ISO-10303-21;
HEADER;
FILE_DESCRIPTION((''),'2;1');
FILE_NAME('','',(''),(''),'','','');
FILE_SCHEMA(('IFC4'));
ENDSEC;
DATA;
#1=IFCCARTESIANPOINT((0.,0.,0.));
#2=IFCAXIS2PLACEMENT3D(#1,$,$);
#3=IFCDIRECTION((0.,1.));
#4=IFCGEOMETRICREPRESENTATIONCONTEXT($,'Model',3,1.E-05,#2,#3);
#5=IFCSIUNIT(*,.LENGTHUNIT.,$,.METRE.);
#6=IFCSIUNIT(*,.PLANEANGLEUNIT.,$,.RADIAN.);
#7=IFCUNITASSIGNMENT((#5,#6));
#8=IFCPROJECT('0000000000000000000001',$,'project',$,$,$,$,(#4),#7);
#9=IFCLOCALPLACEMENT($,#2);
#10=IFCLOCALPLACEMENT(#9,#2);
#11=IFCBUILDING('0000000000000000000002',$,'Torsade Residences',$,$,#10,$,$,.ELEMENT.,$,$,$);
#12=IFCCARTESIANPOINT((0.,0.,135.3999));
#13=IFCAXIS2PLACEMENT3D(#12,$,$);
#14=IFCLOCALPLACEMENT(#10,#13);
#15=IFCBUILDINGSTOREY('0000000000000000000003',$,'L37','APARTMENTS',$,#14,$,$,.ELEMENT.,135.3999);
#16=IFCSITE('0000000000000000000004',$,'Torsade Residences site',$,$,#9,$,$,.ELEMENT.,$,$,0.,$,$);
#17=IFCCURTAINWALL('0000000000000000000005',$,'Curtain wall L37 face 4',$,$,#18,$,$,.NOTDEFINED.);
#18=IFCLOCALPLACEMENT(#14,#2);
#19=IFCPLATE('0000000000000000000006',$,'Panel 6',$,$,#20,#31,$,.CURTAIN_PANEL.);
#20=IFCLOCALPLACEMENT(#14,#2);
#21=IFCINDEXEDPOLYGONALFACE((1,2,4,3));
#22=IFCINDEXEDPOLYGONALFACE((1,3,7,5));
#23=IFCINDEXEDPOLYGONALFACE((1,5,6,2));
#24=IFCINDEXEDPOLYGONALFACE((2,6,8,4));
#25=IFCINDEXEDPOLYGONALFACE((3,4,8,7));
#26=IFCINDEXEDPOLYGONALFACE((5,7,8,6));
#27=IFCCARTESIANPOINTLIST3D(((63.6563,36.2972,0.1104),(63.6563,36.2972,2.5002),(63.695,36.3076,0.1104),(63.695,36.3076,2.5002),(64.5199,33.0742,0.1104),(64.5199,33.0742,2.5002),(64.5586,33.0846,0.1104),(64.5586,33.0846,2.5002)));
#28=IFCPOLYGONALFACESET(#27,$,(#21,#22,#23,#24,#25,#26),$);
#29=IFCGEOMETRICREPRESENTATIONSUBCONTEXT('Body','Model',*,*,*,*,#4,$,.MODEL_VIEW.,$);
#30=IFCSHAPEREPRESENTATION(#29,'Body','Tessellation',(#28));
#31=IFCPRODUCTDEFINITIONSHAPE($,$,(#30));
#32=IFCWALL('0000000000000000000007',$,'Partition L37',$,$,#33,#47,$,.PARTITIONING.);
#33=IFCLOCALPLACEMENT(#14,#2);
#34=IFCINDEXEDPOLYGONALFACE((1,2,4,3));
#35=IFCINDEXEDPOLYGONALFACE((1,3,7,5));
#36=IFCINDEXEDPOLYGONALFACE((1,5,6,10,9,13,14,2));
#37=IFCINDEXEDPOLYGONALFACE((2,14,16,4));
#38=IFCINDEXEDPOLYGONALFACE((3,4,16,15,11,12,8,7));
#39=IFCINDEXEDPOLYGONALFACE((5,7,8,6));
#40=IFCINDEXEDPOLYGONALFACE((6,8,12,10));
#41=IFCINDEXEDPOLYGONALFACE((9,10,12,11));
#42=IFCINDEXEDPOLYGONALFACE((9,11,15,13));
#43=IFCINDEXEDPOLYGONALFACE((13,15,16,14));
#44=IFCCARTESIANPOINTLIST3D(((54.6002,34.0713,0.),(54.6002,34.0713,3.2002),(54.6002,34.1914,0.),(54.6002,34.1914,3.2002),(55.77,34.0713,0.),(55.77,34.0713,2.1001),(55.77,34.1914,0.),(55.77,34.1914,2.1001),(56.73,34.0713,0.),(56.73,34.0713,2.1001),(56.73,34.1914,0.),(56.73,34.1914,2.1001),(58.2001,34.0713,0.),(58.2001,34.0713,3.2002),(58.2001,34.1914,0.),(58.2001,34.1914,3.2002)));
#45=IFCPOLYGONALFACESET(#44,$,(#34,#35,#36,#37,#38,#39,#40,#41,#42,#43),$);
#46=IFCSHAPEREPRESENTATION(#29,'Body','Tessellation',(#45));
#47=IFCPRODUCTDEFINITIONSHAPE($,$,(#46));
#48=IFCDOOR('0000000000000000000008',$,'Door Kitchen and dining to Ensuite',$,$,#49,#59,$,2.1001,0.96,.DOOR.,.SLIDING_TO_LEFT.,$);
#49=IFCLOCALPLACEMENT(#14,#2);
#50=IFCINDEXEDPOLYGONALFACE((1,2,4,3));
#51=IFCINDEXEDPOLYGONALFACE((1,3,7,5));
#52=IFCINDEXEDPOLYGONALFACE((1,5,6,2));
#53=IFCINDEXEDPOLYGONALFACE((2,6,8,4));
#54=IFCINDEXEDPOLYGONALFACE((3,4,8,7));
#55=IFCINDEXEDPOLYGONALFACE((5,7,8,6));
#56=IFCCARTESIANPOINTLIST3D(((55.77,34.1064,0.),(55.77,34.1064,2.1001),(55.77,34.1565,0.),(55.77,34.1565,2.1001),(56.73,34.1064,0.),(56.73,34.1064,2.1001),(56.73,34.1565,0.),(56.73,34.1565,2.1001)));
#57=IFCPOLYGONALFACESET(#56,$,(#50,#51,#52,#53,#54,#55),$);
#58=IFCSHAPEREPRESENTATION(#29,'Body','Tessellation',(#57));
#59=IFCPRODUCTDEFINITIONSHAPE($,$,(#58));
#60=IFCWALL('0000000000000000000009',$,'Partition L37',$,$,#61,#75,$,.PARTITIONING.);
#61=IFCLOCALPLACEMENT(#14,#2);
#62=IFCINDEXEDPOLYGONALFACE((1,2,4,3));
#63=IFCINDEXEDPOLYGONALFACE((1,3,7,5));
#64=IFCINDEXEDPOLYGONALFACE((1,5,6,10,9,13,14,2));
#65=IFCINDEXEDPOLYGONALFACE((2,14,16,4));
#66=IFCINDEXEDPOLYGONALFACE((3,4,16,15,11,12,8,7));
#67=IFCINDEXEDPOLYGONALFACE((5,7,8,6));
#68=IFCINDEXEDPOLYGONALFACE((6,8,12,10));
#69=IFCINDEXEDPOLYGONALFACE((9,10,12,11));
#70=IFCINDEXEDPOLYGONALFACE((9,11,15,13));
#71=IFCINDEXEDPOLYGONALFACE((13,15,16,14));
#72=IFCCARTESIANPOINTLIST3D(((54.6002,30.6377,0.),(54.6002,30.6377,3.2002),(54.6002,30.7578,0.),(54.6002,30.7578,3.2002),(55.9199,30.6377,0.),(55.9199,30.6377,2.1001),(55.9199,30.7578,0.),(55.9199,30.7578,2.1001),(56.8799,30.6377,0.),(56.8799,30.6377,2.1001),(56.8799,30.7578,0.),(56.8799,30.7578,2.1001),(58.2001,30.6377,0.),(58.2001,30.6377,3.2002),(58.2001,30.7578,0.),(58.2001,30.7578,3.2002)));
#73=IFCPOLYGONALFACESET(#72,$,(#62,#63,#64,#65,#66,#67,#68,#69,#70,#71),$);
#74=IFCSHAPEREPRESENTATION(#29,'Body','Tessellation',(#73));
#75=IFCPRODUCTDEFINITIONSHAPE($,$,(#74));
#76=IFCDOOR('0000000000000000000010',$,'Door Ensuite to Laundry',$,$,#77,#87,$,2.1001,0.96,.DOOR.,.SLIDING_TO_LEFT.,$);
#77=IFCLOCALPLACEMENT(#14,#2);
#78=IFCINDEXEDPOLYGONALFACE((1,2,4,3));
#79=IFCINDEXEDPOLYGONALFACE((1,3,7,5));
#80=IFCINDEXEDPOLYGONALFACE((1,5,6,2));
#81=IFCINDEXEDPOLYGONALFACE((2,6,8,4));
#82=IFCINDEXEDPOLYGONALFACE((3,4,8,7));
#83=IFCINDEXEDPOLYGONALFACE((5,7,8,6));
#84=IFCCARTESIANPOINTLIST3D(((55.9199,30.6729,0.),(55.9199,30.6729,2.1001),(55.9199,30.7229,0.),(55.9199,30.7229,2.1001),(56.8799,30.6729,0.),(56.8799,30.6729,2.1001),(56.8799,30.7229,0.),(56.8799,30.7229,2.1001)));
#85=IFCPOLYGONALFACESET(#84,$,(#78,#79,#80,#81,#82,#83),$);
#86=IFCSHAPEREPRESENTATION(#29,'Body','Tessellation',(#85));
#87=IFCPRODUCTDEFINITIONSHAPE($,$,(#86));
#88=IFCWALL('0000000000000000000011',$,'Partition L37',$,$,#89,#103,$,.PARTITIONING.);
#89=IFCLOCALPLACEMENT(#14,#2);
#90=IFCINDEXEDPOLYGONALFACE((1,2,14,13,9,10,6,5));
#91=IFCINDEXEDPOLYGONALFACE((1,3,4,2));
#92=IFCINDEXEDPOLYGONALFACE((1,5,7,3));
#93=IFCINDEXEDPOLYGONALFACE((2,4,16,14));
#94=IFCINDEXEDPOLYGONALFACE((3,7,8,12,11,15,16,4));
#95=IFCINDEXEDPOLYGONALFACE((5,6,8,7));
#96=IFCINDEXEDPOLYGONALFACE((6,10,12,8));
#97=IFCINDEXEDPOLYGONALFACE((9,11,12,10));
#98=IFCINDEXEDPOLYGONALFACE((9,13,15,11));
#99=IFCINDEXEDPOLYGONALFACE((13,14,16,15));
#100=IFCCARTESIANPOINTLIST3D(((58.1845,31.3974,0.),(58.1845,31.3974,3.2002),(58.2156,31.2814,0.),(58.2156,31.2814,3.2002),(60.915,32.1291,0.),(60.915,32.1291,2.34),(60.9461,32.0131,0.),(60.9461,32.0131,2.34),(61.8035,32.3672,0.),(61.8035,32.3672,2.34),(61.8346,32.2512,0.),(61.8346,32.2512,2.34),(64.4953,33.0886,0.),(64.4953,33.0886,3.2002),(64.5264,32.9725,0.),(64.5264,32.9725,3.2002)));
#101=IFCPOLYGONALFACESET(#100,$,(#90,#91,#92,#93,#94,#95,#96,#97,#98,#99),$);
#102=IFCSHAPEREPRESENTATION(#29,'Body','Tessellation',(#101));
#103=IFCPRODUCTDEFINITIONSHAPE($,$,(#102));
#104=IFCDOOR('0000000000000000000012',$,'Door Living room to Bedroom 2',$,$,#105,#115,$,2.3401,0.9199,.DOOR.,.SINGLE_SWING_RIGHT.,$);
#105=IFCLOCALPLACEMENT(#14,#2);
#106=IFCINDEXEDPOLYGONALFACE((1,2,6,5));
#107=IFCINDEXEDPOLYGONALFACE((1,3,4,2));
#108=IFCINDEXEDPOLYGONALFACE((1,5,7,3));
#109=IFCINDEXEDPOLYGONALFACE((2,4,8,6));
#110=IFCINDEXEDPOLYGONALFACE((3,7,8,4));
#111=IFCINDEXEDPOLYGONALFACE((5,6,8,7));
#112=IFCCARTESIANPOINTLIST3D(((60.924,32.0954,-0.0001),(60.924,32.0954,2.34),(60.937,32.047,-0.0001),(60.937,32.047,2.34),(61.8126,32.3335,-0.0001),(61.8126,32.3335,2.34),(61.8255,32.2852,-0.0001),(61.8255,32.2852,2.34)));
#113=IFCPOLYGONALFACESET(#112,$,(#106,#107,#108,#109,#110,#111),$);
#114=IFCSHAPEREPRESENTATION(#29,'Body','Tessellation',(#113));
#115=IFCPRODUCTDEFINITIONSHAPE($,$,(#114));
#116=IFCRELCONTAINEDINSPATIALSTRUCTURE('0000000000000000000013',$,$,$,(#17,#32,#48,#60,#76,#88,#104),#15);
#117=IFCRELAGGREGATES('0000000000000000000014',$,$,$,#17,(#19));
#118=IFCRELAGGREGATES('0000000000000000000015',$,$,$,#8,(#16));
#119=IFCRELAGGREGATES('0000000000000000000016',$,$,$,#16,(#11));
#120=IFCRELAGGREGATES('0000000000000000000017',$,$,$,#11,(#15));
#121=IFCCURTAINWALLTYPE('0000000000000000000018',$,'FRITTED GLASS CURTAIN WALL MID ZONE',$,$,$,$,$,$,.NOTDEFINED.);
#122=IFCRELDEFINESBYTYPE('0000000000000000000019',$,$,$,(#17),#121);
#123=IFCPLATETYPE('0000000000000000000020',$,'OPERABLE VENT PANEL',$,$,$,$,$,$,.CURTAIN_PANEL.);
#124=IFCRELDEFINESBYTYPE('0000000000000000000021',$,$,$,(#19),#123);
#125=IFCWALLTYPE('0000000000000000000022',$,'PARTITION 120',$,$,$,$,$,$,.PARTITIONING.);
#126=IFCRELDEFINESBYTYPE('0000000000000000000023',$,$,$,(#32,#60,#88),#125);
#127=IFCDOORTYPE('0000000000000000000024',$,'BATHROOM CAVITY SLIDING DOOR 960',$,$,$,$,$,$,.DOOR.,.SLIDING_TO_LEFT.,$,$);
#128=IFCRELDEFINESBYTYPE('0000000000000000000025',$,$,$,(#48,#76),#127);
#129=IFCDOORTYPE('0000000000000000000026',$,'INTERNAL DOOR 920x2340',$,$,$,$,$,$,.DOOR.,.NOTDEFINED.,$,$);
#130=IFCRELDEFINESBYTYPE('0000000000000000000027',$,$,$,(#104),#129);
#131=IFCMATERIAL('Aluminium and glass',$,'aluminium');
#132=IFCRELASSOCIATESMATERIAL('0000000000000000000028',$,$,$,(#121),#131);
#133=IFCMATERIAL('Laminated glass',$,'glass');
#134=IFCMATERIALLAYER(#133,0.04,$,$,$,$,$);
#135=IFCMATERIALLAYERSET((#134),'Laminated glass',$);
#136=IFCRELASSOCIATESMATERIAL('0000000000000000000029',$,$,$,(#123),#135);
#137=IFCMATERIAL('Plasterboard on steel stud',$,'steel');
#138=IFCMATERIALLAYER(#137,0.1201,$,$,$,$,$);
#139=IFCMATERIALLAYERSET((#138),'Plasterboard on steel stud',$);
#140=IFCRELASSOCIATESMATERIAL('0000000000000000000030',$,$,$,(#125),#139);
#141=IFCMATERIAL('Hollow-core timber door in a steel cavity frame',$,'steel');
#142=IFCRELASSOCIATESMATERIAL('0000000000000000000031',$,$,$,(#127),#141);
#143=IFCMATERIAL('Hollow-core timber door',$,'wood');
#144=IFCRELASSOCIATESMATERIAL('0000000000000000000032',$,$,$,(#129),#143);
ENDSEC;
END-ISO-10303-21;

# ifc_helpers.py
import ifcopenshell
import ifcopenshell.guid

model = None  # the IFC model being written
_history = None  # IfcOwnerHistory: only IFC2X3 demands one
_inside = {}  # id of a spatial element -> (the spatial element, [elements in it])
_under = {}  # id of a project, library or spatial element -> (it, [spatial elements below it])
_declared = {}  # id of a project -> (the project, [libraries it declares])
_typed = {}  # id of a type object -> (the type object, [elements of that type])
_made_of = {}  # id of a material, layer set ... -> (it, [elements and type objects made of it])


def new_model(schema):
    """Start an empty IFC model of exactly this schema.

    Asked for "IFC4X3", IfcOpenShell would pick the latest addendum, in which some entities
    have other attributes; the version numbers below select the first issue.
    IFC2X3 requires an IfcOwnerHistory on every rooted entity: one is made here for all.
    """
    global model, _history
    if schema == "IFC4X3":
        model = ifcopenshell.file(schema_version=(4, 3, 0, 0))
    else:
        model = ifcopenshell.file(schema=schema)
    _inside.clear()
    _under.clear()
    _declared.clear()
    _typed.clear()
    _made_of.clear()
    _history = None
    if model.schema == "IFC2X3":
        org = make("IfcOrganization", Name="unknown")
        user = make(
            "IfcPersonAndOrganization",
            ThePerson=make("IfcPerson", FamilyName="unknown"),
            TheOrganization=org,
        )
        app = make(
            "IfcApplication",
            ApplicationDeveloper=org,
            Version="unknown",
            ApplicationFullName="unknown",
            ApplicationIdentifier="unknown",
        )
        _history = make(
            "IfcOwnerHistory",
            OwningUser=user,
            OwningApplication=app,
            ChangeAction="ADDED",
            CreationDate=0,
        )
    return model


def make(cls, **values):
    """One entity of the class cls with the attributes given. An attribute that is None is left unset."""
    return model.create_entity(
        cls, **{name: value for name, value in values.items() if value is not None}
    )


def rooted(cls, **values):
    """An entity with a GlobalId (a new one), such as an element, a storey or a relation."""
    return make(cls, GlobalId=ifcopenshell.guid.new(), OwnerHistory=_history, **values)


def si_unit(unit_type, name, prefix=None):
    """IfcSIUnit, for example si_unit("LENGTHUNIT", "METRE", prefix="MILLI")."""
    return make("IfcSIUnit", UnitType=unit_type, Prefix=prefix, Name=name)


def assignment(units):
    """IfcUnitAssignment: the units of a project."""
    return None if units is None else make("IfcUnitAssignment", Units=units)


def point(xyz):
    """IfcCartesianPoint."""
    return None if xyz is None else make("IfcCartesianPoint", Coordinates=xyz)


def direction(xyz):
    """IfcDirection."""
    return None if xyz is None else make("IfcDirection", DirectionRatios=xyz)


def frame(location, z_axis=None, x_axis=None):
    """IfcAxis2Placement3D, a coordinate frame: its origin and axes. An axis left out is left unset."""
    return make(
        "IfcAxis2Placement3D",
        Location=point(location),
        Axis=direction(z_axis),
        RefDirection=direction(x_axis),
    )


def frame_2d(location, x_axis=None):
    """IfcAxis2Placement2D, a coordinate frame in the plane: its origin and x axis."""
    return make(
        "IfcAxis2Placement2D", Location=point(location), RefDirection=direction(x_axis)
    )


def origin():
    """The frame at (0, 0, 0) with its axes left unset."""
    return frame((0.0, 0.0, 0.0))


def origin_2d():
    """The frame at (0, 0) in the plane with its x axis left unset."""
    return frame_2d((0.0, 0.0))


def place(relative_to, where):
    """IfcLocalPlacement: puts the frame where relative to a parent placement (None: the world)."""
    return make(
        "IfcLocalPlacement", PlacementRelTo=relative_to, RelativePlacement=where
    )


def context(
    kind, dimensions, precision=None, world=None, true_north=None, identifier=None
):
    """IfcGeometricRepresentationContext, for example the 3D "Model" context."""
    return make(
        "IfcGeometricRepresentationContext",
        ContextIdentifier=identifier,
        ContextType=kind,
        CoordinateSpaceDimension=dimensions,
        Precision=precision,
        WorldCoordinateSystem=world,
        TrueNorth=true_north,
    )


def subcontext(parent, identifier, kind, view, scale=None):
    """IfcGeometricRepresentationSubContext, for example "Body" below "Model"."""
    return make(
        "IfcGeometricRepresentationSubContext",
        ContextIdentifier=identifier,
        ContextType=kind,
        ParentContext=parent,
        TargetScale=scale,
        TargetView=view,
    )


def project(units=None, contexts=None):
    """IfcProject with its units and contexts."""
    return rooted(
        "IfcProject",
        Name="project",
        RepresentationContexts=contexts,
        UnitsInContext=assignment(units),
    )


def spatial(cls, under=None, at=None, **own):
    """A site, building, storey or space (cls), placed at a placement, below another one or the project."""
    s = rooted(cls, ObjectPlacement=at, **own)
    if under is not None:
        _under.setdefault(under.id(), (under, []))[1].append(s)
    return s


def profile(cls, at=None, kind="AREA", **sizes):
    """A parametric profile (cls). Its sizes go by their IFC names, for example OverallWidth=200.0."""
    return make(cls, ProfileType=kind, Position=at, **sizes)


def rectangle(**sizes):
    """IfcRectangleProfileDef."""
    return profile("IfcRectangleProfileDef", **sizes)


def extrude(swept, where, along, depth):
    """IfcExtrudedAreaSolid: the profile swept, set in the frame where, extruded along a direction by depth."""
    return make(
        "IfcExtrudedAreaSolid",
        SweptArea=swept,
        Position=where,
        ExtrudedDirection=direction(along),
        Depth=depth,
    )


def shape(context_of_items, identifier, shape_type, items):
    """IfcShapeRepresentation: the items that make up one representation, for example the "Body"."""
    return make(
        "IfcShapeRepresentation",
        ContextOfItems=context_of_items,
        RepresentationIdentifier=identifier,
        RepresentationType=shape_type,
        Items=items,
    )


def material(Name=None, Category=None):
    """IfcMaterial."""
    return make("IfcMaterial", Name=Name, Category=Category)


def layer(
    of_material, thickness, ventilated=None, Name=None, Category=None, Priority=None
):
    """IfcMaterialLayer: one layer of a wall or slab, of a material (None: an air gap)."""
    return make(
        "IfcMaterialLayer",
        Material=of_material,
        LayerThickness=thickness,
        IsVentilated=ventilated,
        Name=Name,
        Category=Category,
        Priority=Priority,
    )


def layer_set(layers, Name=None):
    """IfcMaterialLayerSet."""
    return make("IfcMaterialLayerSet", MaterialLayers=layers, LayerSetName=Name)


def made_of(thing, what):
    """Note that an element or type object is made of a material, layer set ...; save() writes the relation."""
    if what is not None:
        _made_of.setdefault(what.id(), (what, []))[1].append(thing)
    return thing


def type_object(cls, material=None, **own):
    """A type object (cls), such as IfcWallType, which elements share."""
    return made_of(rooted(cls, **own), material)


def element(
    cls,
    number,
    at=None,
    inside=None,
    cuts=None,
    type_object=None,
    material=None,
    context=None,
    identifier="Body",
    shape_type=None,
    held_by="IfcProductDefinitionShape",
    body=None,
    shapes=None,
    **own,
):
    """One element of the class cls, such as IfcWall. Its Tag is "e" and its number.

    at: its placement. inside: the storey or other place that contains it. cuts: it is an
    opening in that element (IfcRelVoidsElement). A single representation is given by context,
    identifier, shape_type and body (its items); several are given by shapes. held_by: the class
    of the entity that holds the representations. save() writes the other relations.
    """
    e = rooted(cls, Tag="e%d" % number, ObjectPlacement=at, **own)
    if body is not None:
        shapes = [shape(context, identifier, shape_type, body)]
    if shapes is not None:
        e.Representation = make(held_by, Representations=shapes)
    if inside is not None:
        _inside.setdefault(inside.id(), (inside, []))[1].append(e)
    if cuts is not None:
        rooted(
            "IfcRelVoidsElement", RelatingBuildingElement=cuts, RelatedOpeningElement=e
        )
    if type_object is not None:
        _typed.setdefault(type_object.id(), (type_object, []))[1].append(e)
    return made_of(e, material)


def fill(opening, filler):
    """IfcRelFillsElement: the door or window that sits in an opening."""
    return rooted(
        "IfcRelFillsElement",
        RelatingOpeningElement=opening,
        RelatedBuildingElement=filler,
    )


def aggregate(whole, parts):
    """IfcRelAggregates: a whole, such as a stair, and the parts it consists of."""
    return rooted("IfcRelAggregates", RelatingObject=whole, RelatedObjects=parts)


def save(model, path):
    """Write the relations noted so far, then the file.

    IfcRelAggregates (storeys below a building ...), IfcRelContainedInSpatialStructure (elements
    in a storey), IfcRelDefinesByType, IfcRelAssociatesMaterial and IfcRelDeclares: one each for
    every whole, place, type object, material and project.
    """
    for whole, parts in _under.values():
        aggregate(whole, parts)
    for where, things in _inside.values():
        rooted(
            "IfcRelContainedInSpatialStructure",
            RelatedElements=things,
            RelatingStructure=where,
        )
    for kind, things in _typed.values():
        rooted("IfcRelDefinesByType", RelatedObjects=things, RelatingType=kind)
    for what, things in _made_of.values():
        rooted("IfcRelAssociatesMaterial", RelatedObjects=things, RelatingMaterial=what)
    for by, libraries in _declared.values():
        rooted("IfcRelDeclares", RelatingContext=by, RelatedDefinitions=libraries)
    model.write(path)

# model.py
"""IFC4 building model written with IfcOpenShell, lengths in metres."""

from ifc_helpers import new_model, si_unit, direction, frame, frame_2d, origin, origin_2d, place, context, subcontext, project, spatial, rectangle, extrude, material, layer, layer_set, type_object, element, fill, aggregate, save


model = new_model("IFC4")

# Units and contexts
model_context = context("Model", 3, precision=1e-05, world=origin(), true_north=direction((0.0, 1.0)))
body_context = subcontext(model_context, "Body", "Model", "MODEL_VIEW")
ifc_project = project(units=[si_unit("LENGTHUNIT", "METRE"), si_unit("PLANEANGLEUNIT", "RADIAN")], contexts=[model_context])

# Site, building, storey
site_placement = place(None, origin())
site = spatial("IfcSite", under=ifc_project, at=site_placement, Name="Torsade Residences site", CompositionType="ELEMENT", RefElevation=0.0)
building_placement = place(site_placement, origin())
building = spatial("IfcBuilding", under=site, at=building_placement, Name="Torsade Residences", CompositionType="ELEMENT")
storey_placement = place(building_placement, frame((0.0, 0.0, 135.3999)))
storey = spatial("IfcBuildingStorey", under=building, at=storey_placement, Name="L37", Description="APARTMENTS", CompositionType="ELEMENT", Elevation=135.3999)

# Curtain wall
ifc_material_1 = material(Name="Aluminium and glass", Category="aluminium")
curtain_wall_type = type_object("IfcCurtainWallType", Name="FRITTED GLASS CURTAIN WALL MID ZONE", PredefinedType="NOTDEFINED", material=ifc_material_1)
curtain_wall_placement = place(storey_placement, origin())
curtain_wall = element("IfcCurtainWall", 1, at=curtain_wall_placement, inside=storey, type_object=curtain_wall_type, Name="Curtain wall L37 face 4", PredefinedType="NOTDEFINED")

# Plate
ifc_material_2 = material(Name="Laminated glass", Category="glass")
ifc_layer_1 = layer(ifc_material_2, 0.04)
ifc_layer_set_1 = layer_set([ifc_layer_1], Name="Laminated glass")
plate_type_1 = type_object("IfcPlateType", Name="OPERABLE VENT PANEL", PredefinedType="CURTAIN_PANEL", material=ifc_layer_set_1)
plate_1_placement = place(storey_placement, frame((64.1074, 34.6909, 0.1104), z_axis=(0.0, 0.0, 1.0), x_axis=(-0.258819, 0.965926, 0.0)))
plate_1 = element("IfcPlate", 2, at=plate_1_placement, type_object=plate_type_1, Name="Panel 6", PredefinedType="CURTAIN_PANEL", context=body_context, shape_type="SweptSolid", body=[
    extrude(rectangle(XDim=3.3367, YDim=0.04, at=origin_2d()), origin(), (0.0, 0.0, 1.0), 2.3899),
])
aggregate(curtain_wall, [plate_1])

# Walls, openings, doors
ifc_material_3 = material(Name="Plasterboard on steel stud", Category="steel")
ifc_layer_2 = layer(ifc_material_3, 0.1201)
ifc_layer_set_2 = layer_set([ifc_layer_2], Name="Plasterboard on steel stud")
wall_type = type_object("IfcWallType", Name="PARTITION 120", PredefinedType="PARTITIONING", material=ifc_layer_set_2)
wall_1_placement = place(storey_placement, frame((58.2, 34.1313, 0.0), z_axis=(0.0, 0.0, 1.0), x_axis=(-1.0, 0.0, 0.0)))
wall_1 = element("IfcWall", 3, at=wall_1_placement, inside=storey, type_object=wall_type, Name="Partition L37", PredefinedType="PARTITIONING", context=body_context, shape_type="SweptSolid", body=[
    extrude(rectangle(XDim=3.5999, YDim=0.1201, at=frame_2d((1.7998, 0.0))), origin(), (0.0, 0.0, 1.0), 3.2002),
])
opening_1_placement = place(wall_1_placement, frame((1.47, 0.0, 0.0)))
opening_1 = element("IfcOpeningElement", 4, at=opening_1_placement, cuts=wall_1, PredefinedType="OPENING", context=body_context, shape_type="SweptSolid", body=[
    extrude(rectangle(XDim=0.96, YDim=2.1001, at=frame_2d((0.48, 1.05))), frame((0.0, 0.0701, 0.0), z_axis=(0.0, -1.0, 0.0), x_axis=(1.0, 0.0, 0.0)), (0.0, 0.0, 1.0), 0.1401),
])
ifc_material_4 = material(Name="Hollow-core timber door in a steel cavity frame", Category="steel")
door_type_1 = type_object("IfcDoorType", Name="BATHROOM CAVITY SLIDING DOOR 960", OperationType="SLIDING_TO_LEFT", PredefinedType="DOOR", material=ifc_material_4)
door_1_placement = place(opening_1_placement, origin())
door_1 = element("IfcDoor", 5, at=door_1_placement, inside=storey, type_object=door_type_1, Name="Door Kitchen and dining to Ensuite", OperationType="SLIDING_TO_LEFT", OverallHeight=2.1001, OverallWidth=0.96, PredefinedType="DOOR", context=body_context, shape_type="SweptSolid", body=[
    extrude(rectangle(XDim=0.96, YDim=2.1001, at=frame_2d((0.48, 1.05))), frame((0.0, 0.0249, 0.0), z_axis=(0.0, -1.0, 0.0), x_axis=(1.0, 0.0, 0.0)), (0.0, 0.0, 1.0), 0.05),
])
fill(opening_1, door_1)
wall_2_placement = place(storey_placement, frame((58.2, 30.6978, 0.0), z_axis=(0.0, 0.0, 1.0), x_axis=(-1.0, 0.0, 0.0)))
wall_2 = element("IfcWall", 6, at=wall_2_placement, inside=storey, type_object=wall_type, Name="Partition L37", PredefinedType="PARTITIONING", context=body_context, shape_type="SweptSolid", body=[
    extrude(rectangle(XDim=3.5999, YDim=0.1201, at=frame_2d((1.7998, 0.0))), origin(), (0.0, 0.0, 1.0), 3.2002),
])
opening_2_placement = place(wall_2_placement, frame((1.3201, 0.0, 0.0)))
opening_2 = element("IfcOpeningElement", 7, at=opening_2_placement, cuts=wall_2, PredefinedType="OPENING", context=body_context, shape_type="SweptSolid", body=[
    extrude(rectangle(XDim=0.96, YDim=2.1001, at=frame_2d((0.48, 1.05))), frame((0.0, 0.0701, 0.0), z_axis=(0.0, -1.0, 0.0), x_axis=(1.0, 0.0, 0.0)), (0.0, 0.0, 1.0), 0.1401),
])
door_2_placement = place(opening_2_placement, origin())
door_2 = element("IfcDoor", 8, at=door_2_placement, inside=storey, type_object=door_type_1, Name="Door Ensuite to Laundry", OperationType="SLIDING_TO_LEFT", OverallHeight=2.1001, OverallWidth=0.96, PredefinedType="DOOR", context=body_context, shape_type="SweptSolid", body=[
    extrude(rectangle(XDim=0.96, YDim=2.1001, at=frame_2d((0.48, 1.05))), frame((0.0, 0.0249, 0.0), z_axis=(0.0, -1.0, 0.0), x_axis=(1.0, 0.0, 0.0)), (0.0, 0.0, 1.0), 0.05),
])
fill(opening_2, door_2)
wall_3_placement = place(storey_placement, frame((64.5107, 33.0305, 0.0), z_axis=(0.0, 0.0, 1.0), x_axis=(-0.965919, -0.258846, 0.0)))
wall_3 = element("IfcWall", 9, at=wall_3_placement, inside=storey, type_object=wall_type, Name="Partition L37", PredefinedType="PARTITIONING", context=body_context, shape_type="SweptSolid", body=[
    extrude(rectangle(XDim=6.5334, YDim=0.1201, at=frame_2d((3.2666, 0.0))), origin(), (0.0, 0.0, 1.0), 3.2002),
])
opening_3_placement = place(wall_3_placement, frame((2.7866, 0.0, 0.0)))
opening_3 = element("IfcOpeningElement", 10, at=opening_3_placement, cuts=wall_3, PredefinedType="OPENING", context=body_context, shape_type="SweptSolid", body=[
    extrude(rectangle(XDim=0.9199, YDim=2.3401, at=frame_2d((0.46, 1.1699))), frame((0.0, 0.0701, 0.0), z_axis=(0.0, -1.0, 0.0), x_axis=(1.0, 0.0, 0.0)), (0.0, 0.0, 1.0), 0.1401),
])
ifc_material_5 = material(Name="Hollow-core timber door", Category="wood")
door_type_2 = type_object("IfcDoorType", Name="INTERNAL DOOR 920x2340", OperationType="NOTDEFINED", PredefinedType="DOOR", material=ifc_material_5)
door_3_placement = place(opening_3_placement, origin())
door_3 = element("IfcDoor", 11, at=door_3_placement, inside=storey, type_object=door_type_2, Name="Door Living room to Bedroom 2", OperationType="SINGLE_SWING_RIGHT", OverallHeight=2.3401, OverallWidth=0.9199, PredefinedType="DOOR", context=body_context, shape_type="SweptSolid", body=[
    extrude(rectangle(XDim=0.9199, YDim=2.3401, at=frame_2d((0.46, 1.1699))), frame((0.0, 0.0249, 0.0), z_axis=(0.0, -1.0, 0.0), x_axis=(1.0, 0.0, 0.0)), (0.0, 0.0, 1.0), 0.05),
])
fill(opening_3, door_3)

save(model, "model.ifc")
